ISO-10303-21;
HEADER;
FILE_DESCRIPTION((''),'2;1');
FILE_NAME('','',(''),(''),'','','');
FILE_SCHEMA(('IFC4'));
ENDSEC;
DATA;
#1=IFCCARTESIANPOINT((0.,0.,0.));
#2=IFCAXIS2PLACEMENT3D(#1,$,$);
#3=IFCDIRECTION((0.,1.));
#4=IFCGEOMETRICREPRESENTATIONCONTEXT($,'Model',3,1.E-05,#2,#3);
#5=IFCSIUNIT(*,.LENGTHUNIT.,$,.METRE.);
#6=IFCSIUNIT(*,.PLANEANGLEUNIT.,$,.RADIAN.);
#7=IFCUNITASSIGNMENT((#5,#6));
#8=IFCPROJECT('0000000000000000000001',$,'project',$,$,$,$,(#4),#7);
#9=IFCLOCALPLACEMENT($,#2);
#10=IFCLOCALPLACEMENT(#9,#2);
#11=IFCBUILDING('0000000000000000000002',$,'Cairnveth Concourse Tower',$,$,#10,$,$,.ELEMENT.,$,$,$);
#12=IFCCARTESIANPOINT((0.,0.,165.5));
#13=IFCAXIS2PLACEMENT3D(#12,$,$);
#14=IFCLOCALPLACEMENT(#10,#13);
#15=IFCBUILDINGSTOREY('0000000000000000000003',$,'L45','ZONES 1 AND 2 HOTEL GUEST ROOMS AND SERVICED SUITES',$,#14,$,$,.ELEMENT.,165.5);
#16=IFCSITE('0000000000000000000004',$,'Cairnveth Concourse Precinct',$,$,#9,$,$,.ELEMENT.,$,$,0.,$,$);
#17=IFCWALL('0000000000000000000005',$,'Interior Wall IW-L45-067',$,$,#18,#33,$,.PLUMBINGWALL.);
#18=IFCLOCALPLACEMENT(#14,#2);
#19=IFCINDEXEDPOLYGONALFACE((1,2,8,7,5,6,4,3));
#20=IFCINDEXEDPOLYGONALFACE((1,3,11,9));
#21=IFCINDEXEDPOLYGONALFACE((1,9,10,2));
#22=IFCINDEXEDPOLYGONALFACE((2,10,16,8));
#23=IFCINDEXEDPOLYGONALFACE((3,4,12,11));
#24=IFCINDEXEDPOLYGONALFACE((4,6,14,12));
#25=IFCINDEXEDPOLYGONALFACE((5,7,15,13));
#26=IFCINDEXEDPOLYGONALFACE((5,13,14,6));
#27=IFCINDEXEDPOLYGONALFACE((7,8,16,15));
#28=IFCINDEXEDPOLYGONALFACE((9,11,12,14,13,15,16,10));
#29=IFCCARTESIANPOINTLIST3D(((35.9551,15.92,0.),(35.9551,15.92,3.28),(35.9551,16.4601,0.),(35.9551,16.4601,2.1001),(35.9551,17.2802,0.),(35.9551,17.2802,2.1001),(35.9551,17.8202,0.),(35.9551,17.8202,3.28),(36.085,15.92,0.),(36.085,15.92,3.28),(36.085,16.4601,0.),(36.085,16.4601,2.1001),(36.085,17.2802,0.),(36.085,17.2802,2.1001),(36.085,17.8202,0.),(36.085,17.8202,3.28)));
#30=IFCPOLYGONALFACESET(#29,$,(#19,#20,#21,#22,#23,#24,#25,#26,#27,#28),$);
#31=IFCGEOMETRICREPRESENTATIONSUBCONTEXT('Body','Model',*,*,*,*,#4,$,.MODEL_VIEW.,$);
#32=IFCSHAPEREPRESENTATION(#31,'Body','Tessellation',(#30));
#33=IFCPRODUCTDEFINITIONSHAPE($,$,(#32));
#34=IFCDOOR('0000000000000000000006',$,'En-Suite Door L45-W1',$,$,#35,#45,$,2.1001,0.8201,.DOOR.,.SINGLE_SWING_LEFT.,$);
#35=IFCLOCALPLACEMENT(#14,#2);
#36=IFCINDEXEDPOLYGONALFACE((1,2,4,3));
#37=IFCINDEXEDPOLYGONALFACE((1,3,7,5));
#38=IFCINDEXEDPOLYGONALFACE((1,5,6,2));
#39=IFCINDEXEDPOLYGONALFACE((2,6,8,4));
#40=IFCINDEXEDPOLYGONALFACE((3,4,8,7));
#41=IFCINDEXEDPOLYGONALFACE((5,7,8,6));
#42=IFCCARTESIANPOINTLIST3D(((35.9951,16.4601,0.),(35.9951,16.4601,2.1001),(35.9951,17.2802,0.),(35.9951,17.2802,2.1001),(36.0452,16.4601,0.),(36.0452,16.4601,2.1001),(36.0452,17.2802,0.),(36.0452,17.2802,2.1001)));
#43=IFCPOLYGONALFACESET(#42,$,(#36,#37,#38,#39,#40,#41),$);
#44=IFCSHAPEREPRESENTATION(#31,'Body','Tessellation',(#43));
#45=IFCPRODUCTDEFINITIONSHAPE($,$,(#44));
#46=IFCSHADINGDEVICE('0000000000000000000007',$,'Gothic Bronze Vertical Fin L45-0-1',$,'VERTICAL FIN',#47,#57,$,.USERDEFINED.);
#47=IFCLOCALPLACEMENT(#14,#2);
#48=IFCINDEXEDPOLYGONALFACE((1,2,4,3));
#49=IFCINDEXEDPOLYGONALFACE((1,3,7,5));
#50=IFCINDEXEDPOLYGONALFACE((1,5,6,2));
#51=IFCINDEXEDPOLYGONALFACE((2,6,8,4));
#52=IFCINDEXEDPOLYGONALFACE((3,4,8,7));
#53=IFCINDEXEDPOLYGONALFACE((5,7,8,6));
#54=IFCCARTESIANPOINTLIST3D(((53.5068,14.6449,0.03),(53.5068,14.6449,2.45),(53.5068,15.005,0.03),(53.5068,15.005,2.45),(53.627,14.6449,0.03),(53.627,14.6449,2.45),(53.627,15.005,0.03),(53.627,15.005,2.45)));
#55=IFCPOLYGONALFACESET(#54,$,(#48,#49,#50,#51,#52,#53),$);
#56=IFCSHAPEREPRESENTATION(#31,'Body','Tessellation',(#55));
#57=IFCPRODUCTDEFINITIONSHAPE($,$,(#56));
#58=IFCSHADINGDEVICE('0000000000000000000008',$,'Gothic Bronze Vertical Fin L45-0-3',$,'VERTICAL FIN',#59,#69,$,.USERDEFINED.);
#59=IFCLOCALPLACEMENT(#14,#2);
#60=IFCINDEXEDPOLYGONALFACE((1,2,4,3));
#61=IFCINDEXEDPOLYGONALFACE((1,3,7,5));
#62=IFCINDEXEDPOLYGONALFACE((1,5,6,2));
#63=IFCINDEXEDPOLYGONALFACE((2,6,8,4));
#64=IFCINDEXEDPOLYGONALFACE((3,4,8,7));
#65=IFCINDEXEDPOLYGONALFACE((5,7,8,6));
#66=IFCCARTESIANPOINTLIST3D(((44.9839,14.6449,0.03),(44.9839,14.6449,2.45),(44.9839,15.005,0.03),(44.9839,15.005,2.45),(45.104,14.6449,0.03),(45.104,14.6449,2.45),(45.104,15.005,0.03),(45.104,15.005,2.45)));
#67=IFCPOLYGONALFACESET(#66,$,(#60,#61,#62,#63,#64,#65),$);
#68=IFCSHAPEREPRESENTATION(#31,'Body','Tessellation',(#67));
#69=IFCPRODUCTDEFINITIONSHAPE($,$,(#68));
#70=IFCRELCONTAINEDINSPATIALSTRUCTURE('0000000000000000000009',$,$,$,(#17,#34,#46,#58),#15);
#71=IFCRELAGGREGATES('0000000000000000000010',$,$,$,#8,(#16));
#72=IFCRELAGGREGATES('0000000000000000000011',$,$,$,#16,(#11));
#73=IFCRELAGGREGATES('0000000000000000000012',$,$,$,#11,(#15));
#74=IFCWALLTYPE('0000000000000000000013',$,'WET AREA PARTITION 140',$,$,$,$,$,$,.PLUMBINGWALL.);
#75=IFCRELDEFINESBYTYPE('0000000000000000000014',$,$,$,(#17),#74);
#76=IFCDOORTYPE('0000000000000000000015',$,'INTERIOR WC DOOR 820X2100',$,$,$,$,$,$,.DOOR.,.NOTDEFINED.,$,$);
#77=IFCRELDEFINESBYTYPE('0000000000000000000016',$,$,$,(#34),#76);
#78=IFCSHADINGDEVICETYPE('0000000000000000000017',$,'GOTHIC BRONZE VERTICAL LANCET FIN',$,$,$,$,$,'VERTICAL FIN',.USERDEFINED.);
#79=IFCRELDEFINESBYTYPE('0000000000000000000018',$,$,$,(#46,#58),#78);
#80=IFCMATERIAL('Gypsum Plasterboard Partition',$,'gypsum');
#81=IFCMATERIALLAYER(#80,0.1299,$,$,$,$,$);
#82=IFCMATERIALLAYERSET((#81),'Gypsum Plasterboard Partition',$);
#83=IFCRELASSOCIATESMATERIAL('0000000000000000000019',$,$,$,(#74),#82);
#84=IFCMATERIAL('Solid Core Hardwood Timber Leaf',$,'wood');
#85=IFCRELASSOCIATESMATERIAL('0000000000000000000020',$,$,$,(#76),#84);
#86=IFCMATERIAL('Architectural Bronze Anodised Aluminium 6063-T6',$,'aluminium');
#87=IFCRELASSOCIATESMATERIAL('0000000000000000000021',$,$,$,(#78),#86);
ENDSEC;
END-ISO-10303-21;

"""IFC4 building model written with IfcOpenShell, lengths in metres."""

from ifc_helpers import new_model, si_unit, direction, frame, frame_2d, origin, origin_2d, place, context, subcontext, project, spatial, rectangle, extrude, material, layer, layer_set, type_object, element, fill, save


model = new_model("IFC4")

# Units and contexts
model_context = context("Model", 3, precision=1e-05, world=origin(), true_north=direction((0.0, 1.0)))
body_context = subcontext(model_context, "Body", "Model", "MODEL_VIEW")
ifc_project = project(units=[si_unit("LENGTHUNIT", "METRE"), si_unit("PLANEANGLEUNIT", "RADIAN")], contexts=[model_context])

# Site, building, storey
site_placement = place(None, origin())
site = spatial("IfcSite", under=ifc_project, at=site_placement, Name="Cairnveth Concourse Precinct", CompositionType="ELEMENT", RefElevation=0.0)
building_placement = place(site_placement, origin())
building = spatial("IfcBuilding", under=site, at=building_placement, Name="Cairnveth Concourse Tower", CompositionType="ELEMENT")
storey_placement = place(building_placement, frame((0.0, 0.0, 165.5)))
storey = spatial("IfcBuildingStorey", under=building, at=storey_placement, Name="L45", Description="ZONES 1 AND 2 HOTEL GUEST ROOMS AND SERVICED SUITES", CompositionType="ELEMENT", Elevation=165.5)

# Shared definitions
ifc_material_1 = material(Name="Gypsum Plasterboard Partition", Category="gypsum")
ifc_material_2 = material(Name="Solid Core Hardwood Timber Leaf", Category="wood")

# Shared definitions
ifc_layer_1 = layer(ifc_material_1, 0.1299)
ifc_layer_set_1 = layer_set([ifc_layer_1], Name="Gypsum Plasterboard Partition")
wall_type_1 = type_object("IfcWallType", Name="WET AREA PARTITION 140", PredefinedType="PLUMBINGWALL", material=ifc_layer_set_1)

# Wall, opening, door
wall_1_placement = place(storey_placement, frame((36.02, 15.9199, 0.0), z_axis=(0.0, 0.0, 1.0), x_axis=(0.0, 1.0, 0.0)))
wall_1 = element("IfcWall", 1, at=wall_1_placement, inside=storey, type_object=wall_type_1, Name="Interior Wall IW-L45-067", PredefinedType="PLUMBINGWALL", context=body_context, shape_type="SweptSolid", body=[
    extrude(rectangle(XDim=1.9001, YDim=0.1299, at=frame_2d((0.9502, 0.0))), origin(), (0.0, 0.0, 1.0), 3.28),
])
opening_1_placement = place(wall_1_placement, frame((0.54, 0.0, 0.0)))
opening_1 = element("IfcOpeningElement", 2, at=opening_1_placement, cuts=wall_1, PredefinedType="OPENING", context=body_context, shape_type="SweptSolid", body=[
    extrude(rectangle(XDim=0.8201, YDim=2.1001, at=frame_2d((0.4102, 1.05))), frame((0.0, 0.075, 0.0), z_axis=(0.0, -1.0, 0.0), x_axis=(1.0, 0.0, 0.0)), (0.0, 0.0, 1.0), 0.1499),
])
door_type_1 = type_object("IfcDoorType", Name="INTERIOR WC DOOR 820X2100", OperationType="NOTDEFINED", PredefinedType="DOOR", material=ifc_material_2)
door_1_placement = place(opening_1_placement, origin())
door_1 = element("IfcDoor", 3, at=door_1_placement, inside=storey, type_object=door_type_1, Name="En-Suite Door L45-W1", OperationType="SINGLE_SWING_LEFT", OverallHeight=2.1001, OverallWidth=0.8201, PredefinedType="DOOR", context=body_context, shape_type="SweptSolid", body=[
    extrude(rectangle(XDim=0.8201, YDim=2.1001, at=frame_2d((0.4102, 1.05))), frame((0.0, 0.0249, 0.0), z_axis=(0.0, -1.0, 0.0), x_axis=(1.0, 0.0, 0.0)), (0.0, 0.0, 1.0), 0.05),
])
fill(opening_1, door_1)

# Shading devices
ifc_material_3 = material(Name="Architectural Bronze Anodised Aluminium 6063-T6", Category="aluminium")
shading_device_type = type_object("IfcShadingDeviceType", Name="GOTHIC BRONZE VERTICAL LANCET FIN", ElementType="VERTICAL FIN", PredefinedType="USERDEFINED", material=ifc_material_3)
for number, where, z_axis, x_axis, name in (
    (4, (53.5669, 14.825, 0.03), (0.0, 0.0, 1.0), (1.0, 0.0, 0.0), "Gothic Bronze Vertical Fin L45-0-1"),
    (5, (45.0439, 14.825, 0.03), (0.0, 0.0, 1.0), (1.0, 0.0, 0.0), "Gothic Bronze Vertical Fin L45-0-3"),
):
    element("IfcShadingDevice", number, at=place(storey_placement, frame(where, z_axis=z_axis, x_axis=x_axis)), inside=storey, type_object=shading_device_type, Name=name, ObjectType="VERTICAL FIN", PredefinedType="USERDEFINED", context=body_context, shape_type="SweptSolid", body=[
        extrude(rectangle(XDim=0.1201, YDim=0.3601, at=origin_2d()), origin(), (0.0, 0.0, 1.0), 2.4199),
    ])

save(model, "model.ifc")
